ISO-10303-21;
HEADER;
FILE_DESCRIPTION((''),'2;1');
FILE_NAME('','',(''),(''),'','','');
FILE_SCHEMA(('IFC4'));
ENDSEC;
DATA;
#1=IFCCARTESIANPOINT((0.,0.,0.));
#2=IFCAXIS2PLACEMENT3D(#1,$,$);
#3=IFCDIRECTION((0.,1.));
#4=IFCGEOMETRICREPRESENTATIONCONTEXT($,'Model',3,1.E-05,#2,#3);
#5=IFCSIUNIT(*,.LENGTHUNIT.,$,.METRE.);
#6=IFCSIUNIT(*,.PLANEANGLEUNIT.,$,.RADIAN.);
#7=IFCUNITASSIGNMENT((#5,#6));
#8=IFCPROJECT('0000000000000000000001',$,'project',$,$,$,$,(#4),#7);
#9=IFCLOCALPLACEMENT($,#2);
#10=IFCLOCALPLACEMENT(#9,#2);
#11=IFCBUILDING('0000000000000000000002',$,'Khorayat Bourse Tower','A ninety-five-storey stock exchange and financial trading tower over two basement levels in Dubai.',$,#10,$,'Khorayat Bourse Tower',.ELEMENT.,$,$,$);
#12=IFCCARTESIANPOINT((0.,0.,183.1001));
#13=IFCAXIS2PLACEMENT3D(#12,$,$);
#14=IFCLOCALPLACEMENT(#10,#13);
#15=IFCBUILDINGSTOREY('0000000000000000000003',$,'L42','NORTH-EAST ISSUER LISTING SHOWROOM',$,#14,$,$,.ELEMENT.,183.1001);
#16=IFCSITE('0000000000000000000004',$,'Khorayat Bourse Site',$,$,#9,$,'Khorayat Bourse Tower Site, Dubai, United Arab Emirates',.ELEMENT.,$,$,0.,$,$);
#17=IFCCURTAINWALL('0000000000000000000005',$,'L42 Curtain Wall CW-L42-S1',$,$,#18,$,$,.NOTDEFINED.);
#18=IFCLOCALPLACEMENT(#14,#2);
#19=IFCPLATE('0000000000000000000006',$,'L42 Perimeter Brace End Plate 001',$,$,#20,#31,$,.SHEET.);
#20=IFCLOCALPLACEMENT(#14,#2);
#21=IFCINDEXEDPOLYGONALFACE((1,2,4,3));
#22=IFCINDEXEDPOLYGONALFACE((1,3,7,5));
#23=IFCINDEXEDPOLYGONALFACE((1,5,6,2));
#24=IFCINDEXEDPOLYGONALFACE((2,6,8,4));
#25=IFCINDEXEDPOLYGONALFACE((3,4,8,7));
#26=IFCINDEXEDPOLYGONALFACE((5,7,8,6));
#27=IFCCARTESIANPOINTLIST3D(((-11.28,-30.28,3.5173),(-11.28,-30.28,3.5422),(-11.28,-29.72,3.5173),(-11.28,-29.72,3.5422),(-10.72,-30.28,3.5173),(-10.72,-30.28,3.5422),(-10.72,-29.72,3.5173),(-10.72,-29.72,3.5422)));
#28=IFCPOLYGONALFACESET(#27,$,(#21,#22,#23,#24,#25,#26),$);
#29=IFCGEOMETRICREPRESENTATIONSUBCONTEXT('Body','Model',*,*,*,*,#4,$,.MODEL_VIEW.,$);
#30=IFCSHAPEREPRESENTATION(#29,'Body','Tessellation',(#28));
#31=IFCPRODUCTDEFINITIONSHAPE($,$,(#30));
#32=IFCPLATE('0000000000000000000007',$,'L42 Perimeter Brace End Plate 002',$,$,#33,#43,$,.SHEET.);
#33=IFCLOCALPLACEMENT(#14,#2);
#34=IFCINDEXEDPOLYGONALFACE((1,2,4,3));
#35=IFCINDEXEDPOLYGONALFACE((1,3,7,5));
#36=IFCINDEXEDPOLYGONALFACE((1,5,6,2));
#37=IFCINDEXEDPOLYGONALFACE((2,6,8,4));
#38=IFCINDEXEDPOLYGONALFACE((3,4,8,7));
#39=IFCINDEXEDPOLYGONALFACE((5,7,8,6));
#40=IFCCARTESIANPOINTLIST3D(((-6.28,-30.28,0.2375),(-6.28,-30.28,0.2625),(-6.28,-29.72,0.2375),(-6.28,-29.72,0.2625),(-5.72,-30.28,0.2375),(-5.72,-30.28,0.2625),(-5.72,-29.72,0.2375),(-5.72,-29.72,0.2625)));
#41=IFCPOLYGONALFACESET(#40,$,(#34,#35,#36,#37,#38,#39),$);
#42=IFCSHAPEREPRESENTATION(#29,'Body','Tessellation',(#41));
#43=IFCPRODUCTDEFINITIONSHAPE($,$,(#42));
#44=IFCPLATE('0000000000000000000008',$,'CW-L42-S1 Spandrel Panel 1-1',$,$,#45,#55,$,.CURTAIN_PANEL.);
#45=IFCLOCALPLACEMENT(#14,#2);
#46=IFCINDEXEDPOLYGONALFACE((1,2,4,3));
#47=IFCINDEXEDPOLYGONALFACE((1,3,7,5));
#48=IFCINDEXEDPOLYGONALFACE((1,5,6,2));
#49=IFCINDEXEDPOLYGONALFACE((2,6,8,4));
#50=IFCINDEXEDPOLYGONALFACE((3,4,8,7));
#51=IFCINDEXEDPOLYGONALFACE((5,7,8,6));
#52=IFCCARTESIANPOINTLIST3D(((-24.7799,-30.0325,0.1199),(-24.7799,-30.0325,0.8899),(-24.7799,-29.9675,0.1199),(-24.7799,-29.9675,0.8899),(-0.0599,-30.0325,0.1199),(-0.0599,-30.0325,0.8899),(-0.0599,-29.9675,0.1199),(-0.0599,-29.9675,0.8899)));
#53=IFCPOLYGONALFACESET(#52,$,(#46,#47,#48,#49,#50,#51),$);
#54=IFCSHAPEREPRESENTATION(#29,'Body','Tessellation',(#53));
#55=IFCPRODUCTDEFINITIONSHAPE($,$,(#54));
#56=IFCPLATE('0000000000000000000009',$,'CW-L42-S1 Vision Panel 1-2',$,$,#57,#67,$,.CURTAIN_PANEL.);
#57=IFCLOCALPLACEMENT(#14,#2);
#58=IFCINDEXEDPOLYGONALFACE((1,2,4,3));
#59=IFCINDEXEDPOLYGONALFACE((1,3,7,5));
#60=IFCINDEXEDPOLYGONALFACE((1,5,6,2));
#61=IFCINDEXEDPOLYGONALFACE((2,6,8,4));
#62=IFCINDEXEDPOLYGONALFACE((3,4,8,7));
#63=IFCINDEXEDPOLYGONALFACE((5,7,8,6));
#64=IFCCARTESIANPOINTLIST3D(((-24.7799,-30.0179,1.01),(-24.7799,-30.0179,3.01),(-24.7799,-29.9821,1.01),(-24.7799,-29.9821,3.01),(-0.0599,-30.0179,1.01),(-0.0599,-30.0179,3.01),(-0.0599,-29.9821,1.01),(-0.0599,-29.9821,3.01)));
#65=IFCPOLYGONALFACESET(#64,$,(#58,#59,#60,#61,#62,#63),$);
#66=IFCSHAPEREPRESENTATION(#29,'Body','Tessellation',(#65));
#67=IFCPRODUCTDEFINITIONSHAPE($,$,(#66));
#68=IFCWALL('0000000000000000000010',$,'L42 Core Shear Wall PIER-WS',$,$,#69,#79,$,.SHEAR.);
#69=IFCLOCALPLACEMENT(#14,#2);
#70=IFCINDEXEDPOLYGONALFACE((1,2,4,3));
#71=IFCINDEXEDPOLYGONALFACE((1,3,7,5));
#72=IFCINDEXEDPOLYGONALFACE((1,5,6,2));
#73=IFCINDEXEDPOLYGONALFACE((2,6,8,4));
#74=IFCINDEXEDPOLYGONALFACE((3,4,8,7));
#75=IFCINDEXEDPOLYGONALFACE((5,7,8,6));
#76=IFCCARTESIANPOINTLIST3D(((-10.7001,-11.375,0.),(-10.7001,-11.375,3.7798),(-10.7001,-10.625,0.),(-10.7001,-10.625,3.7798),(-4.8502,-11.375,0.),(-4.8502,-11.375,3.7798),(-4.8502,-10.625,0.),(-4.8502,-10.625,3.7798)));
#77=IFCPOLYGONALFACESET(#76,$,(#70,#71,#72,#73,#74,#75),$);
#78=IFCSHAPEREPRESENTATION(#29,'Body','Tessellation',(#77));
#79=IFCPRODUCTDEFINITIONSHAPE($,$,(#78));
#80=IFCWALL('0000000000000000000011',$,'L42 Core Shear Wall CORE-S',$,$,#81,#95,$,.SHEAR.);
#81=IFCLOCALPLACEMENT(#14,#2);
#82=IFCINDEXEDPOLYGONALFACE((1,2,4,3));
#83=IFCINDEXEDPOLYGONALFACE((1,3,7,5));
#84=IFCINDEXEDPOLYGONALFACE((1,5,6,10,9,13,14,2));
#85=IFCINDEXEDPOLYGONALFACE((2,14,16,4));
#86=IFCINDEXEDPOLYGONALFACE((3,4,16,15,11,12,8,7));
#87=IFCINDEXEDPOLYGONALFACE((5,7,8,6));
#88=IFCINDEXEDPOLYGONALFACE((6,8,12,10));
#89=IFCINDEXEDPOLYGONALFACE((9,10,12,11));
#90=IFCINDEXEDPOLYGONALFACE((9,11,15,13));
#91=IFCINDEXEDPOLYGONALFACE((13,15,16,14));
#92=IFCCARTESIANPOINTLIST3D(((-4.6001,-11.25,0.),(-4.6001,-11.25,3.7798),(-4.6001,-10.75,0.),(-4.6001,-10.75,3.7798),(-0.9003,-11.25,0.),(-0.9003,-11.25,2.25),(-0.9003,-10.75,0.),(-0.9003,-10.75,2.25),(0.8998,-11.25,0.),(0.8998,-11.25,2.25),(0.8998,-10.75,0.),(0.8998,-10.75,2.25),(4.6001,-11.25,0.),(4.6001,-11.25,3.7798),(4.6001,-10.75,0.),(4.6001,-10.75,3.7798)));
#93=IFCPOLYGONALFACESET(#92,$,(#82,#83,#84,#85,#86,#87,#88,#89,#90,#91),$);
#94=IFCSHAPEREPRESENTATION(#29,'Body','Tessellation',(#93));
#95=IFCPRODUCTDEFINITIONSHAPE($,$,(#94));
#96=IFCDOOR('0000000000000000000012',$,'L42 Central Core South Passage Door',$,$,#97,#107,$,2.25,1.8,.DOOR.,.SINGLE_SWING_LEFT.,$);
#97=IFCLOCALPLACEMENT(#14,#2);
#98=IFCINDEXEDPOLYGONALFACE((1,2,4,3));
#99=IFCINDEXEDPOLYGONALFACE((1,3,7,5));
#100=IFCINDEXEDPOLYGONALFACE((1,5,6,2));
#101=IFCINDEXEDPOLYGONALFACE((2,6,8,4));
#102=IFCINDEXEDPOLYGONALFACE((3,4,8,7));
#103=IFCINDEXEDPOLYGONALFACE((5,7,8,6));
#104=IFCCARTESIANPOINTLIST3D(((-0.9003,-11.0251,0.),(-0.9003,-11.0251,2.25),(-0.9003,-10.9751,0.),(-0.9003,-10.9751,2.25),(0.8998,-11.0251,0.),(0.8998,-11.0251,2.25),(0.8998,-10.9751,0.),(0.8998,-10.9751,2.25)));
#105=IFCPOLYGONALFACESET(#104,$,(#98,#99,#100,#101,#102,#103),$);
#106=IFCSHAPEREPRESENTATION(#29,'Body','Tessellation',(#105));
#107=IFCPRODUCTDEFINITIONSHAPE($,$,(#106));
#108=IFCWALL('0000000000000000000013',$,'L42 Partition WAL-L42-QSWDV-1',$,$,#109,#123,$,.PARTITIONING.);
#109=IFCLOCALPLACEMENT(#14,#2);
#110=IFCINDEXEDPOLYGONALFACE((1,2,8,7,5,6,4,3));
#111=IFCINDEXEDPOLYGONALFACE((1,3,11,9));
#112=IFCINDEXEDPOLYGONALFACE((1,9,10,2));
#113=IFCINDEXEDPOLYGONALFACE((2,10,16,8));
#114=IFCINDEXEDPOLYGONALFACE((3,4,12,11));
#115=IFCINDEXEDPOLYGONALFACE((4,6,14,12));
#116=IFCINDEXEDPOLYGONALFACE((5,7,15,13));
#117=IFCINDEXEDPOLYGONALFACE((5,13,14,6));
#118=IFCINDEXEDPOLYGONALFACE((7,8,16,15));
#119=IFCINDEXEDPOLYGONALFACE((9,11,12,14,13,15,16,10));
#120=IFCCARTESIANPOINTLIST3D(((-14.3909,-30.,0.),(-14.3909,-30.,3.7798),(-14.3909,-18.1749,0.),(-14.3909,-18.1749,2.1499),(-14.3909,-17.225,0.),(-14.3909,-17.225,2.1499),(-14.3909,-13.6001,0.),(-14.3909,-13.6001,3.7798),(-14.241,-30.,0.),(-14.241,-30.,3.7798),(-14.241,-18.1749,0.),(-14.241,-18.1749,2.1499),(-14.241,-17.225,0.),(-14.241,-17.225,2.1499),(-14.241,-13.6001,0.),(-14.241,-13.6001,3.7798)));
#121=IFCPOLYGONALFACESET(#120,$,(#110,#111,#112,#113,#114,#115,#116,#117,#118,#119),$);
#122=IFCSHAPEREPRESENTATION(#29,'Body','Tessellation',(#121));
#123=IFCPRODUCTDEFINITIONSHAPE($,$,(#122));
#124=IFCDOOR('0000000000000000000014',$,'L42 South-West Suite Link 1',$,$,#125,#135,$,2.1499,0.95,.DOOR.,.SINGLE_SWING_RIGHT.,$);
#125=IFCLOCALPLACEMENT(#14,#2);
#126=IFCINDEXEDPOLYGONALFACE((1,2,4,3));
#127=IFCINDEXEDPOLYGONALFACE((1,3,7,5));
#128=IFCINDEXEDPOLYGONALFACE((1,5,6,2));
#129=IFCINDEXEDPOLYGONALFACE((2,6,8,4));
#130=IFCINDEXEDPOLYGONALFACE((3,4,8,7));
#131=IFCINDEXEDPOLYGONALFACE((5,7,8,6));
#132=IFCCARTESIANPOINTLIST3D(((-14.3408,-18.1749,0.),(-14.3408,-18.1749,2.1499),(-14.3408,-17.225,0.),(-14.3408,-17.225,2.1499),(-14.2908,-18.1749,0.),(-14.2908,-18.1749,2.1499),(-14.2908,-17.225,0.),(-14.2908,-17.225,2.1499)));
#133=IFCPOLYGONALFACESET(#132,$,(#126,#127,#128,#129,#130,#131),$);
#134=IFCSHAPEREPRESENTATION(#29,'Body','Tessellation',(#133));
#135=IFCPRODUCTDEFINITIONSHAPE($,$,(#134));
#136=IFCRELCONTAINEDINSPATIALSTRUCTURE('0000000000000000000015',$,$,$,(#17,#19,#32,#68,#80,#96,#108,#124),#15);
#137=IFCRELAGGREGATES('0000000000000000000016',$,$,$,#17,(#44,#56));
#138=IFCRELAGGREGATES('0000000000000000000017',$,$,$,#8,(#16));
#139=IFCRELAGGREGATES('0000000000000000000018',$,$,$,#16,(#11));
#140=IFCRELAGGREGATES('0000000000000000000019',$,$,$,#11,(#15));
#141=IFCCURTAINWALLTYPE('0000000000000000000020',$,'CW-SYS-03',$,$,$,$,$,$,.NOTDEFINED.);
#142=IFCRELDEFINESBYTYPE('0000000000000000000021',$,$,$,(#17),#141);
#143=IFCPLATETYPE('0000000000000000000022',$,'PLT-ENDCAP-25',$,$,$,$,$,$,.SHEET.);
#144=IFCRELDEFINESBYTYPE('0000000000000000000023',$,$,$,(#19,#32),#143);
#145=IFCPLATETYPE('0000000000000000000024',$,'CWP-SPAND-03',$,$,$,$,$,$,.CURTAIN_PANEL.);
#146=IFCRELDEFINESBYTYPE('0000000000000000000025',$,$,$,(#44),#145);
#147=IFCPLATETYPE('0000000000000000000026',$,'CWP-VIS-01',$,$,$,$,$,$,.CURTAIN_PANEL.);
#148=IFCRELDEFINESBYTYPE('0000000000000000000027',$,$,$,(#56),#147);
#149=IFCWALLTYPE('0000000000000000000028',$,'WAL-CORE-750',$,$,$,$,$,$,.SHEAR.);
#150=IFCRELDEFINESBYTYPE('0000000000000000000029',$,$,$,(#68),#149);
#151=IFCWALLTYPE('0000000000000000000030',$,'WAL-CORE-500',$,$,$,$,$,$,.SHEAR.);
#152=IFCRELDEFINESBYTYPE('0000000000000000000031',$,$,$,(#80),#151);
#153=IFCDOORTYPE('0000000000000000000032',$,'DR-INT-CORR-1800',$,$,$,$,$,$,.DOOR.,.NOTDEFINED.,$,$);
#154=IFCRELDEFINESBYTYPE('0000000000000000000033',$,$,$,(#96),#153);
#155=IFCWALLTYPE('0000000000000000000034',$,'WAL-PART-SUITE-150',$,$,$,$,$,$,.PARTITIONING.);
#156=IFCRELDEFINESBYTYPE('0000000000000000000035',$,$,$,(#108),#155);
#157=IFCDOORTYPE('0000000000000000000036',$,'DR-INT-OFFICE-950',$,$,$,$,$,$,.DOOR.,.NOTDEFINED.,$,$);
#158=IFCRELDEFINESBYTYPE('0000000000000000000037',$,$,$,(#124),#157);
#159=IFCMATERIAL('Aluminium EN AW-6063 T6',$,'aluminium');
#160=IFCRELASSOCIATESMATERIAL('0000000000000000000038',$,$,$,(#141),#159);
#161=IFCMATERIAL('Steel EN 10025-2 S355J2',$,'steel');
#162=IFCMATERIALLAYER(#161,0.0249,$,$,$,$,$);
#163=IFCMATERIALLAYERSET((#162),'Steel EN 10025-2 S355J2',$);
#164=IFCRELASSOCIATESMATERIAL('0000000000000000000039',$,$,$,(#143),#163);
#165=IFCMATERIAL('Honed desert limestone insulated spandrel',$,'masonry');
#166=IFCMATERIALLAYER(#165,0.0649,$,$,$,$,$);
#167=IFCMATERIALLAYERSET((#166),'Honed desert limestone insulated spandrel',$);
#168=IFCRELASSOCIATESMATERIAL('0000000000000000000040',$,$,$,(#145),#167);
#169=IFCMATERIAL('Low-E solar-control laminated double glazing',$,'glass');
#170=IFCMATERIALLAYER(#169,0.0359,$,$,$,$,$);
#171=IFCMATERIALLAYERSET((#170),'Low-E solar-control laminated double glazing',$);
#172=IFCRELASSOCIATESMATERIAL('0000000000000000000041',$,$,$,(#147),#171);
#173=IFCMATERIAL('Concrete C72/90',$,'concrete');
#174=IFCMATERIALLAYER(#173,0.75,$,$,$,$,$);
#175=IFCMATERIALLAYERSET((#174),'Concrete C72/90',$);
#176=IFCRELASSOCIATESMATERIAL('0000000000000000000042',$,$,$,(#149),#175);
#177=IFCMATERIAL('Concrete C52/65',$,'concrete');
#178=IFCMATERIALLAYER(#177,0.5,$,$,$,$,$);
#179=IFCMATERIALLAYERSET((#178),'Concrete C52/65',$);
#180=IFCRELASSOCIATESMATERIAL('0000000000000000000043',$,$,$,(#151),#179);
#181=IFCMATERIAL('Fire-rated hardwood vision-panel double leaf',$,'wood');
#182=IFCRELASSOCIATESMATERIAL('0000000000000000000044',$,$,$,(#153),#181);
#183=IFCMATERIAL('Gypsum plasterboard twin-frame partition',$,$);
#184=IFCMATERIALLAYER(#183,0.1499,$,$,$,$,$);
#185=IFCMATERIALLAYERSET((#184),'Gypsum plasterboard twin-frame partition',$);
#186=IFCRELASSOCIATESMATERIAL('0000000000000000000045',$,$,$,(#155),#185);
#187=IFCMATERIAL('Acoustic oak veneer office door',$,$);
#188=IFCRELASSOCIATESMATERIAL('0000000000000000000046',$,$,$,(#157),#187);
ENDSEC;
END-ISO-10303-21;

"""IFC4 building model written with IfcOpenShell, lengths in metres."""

from ifc_helpers import new_model, si_unit, direction, frame, frame_2d, origin, origin_2d, place, context, subcontext, project, spatial, rectangle, extrude, source, transform, mapped, material, layer, layer_set, type_object, element, fill, aggregate, save


model = new_model("IFC4")

# Units and contexts
model_context = context("Model", 3, precision=1e-05, world=origin(), true_north=direction((0.0, 1.0)))
body_context = subcontext(model_context, "Body", "Model", "MODEL_VIEW")
ifc_project = project(units=[si_unit("LENGTHUNIT", "METRE"), si_unit("PLANEANGLEUNIT", "RADIAN")], contexts=[model_context])

# Site, building, storey
site_placement = place(None, origin())
site = spatial("IfcSite", under=ifc_project, at=site_placement, Name="Khorayat Bourse Site", LongName="Khorayat Bourse Tower Site, Dubai, United Arab Emirates", CompositionType="ELEMENT", RefElevation=0.0)
building_placement = place(site_placement, origin())
building = spatial("IfcBuilding", under=site, at=building_placement, Name="Khorayat Bourse Tower", Description="A ninety-five-storey stock exchange and financial trading tower over two basement levels in Dubai.", LongName="Khorayat Bourse Tower", CompositionType="ELEMENT")
storey_placement = place(building_placement, frame((0.0, 0.0, 183.1001)))
storey = spatial("IfcBuildingStorey", under=building, at=storey_placement, Name="L42", Description="NORTH-EAST ISSUER LISTING SHOWROOM", CompositionType="ELEMENT", Elevation=183.1001)

# Shared definitions
ifc_material_1 = material(Name="Concrete C72/90", Category="concrete")

# Curtain wall
ifc_material_2 = material(Name="Aluminium EN AW-6063 T6", Category="aluminium")
curtain_wall_type = type_object("IfcCurtainWallType", Name="CW-SYS-03", PredefinedType="NOTDEFINED", material=ifc_material_2)
curtain_wall_placement = place(storey_placement, origin())
curtain_wall = element("IfcCurtainWall", 1, at=curtain_wall_placement, inside=storey, type_object=curtain_wall_type, Name="L42 Curtain Wall CW-L42-S1", PredefinedType="NOTDEFINED")

# Plates
ifc_material_3 = material(Name="Steel EN 10025-2 S355J2", Category="steel")
ifc_layer_1 = layer(ifc_material_3, 0.0249)
ifc_layer_set_1 = layer_set([ifc_layer_1], Name="Steel EN 10025-2 S355J2")
plate_type_1 = type_object("IfcPlateType", Name="PLT-ENDCAP-25", PredefinedType="SHEET", material=ifc_layer_set_1)
shared_shape_1 = source(origin(), body_context, "Body", "SweptSolid", [
    extrude(rectangle(XDim=0.5601, YDim=0.5601, at=origin_2d()), origin(), (0.0, 0.0, 1.0), 0.0249),
])
for number, where, z_axis, x_axis, name in (
    (2, (-11.0, -30.0, 3.5173), (0.0, 0.0, 1.0), (1.0, 0.0, 0.0), "L42 Perimeter Brace End Plate 001"),
    (3, (-6.0, -30.0, 0.2375), (0.0, 0.0, 1.0), (1.0, 0.0, 0.0), "L42 Perimeter Brace End Plate 002"),
):
    element("IfcPlate", number, at=place(storey_placement, frame(where, z_axis=z_axis, x_axis=x_axis)), inside=storey, type_object=plate_type_1, Name=name, PredefinedType="SHEET", context=body_context, shape_type="MappedRepresentation", body=[
        mapped(shared_shape_1, transform((0.0, 0.0, 0.0), scale=1.0)),
    ])

# Plates
ifc_material_4 = material(Name="Honed desert limestone insulated spandrel", Category="masonry")
ifc_layer_2 = layer(ifc_material_4, 0.0649)
ifc_layer_set_2 = layer_set([ifc_layer_2], Name="Honed desert limestone insulated spandrel")
plate_type_2 = type_object("IfcPlateType", Name="CWP-SPAND-03", PredefinedType="CURTAIN_PANEL", material=ifc_layer_set_2)
shared_shape_2 = source(origin(), body_context, "Body", "SweptSolid", [
    extrude(rectangle(XDim=24.72, YDim=0.0649, at=origin_2d()), origin(), (0.0, 0.0, 1.0), 0.77),
])
plate_1_placement = place(storey_placement, frame((-12.4199, -30.0, 0.1199), z_axis=(0.0, 0.0, 1.0), x_axis=(1.0, 0.0, 0.0)))
plate_1 = element("IfcPlate", 4, at=plate_1_placement, type_object=plate_type_2, Name="CW-L42-S1 Spandrel Panel 1-1", PredefinedType="CURTAIN_PANEL", context=body_context, shape_type="MappedRepresentation", body=[
    mapped(shared_shape_2, transform((0.0, 0.0, 0.0), scale=1.0)),
])
ifc_material_5 = material(Name="Low-E solar-control laminated double glazing", Category="glass")
ifc_layer_3 = layer(ifc_material_5, 0.0359)
ifc_layer_set_3 = layer_set([ifc_layer_3], Name="Low-E solar-control laminated double glazing")
plate_type_3 = type_object("IfcPlateType", Name="CWP-VIS-01", PredefinedType="CURTAIN_PANEL", material=ifc_layer_set_3)
shared_shape_3 = source(origin(), body_context, "Body", "SweptSolid", [
    extrude(rectangle(XDim=24.72, YDim=0.0359, at=origin_2d()), origin(), (0.0, 0.0, 1.0), 2.0),
])
plate_2_placement = place(storey_placement, frame((-12.4199, -30.0, 1.01), z_axis=(0.0, 0.0, 1.0), x_axis=(1.0, 0.0, 0.0)))
plate_2 = element("IfcPlate", 5, at=plate_2_placement, type_object=plate_type_3, Name="CW-L42-S1 Vision Panel 1-2", PredefinedType="CURTAIN_PANEL", context=body_context, shape_type="MappedRepresentation", body=[
    mapped(shared_shape_3, transform((0.0, 0.0, 0.0), scale=1.0)),
])
aggregate(curtain_wall, [plate_1, plate_2])

# Wall
ifc_layer_4 = layer(ifc_material_1, 0.75)
ifc_layer_set_4 = layer_set([ifc_layer_4], Name="Concrete C72/90")
wall_type_1 = type_object("IfcWallType", Name="WAL-CORE-750", PredefinedType="SHEAR", material=ifc_layer_set_4)
shared_shape_4 = source(origin(), body_context, "Body", "SweptSolid", [
    extrude(rectangle(XDim=5.8499, YDim=0.75, at=frame_2d((2.9248, 0.0))), origin(), (0.0, 0.0, 1.0), 3.7798),
])
wall_1_placement = place(storey_placement, frame((-10.7, -11.0, 0.0), z_axis=(0.0, 0.0, 1.0), x_axis=(1.0, 0.0, 0.0)))
element("IfcWall", 6, at=wall_1_placement, inside=storey, type_object=wall_type_1, Name="L42 Core Shear Wall PIER-WS", PredefinedType="SHEAR", context=body_context, shape_type="MappedRepresentation", body=[
    mapped(shared_shape_4, transform((0.0, 0.0, 0.0), scale=1.0)),
])

# Walls, openings, doors
ifc_material_6 = material(Name="Concrete C52/65", Category="concrete")
ifc_layer_5 = layer(ifc_material_6, 0.5)
ifc_layer_set_5 = layer_set([ifc_layer_5], Name="Concrete C52/65")
wall_type_2 = type_object("IfcWallType", Name="WAL-CORE-500", PredefinedType="SHEAR", material=ifc_layer_set_5)
shared_shape_5 = source(origin(), body_context, "Body", "SweptSolid", [
    extrude(rectangle(XDim=9.2002, YDim=0.5, at=frame_2d((4.6001, 0.0))), origin(), (0.0, 0.0, 1.0), 3.7798),
])
wall_2_placement = place(storey_placement, frame((-4.6001, -11.0, 0.0), z_axis=(0.0, 0.0, 1.0), x_axis=(1.0, 0.0, 0.0)))
wall_2 = element("IfcWall", 7, at=wall_2_placement, inside=storey, type_object=wall_type_2, Name="L42 Core Shear Wall CORE-S", PredefinedType="SHEAR", context=body_context, shape_type="MappedRepresentation", body=[
    mapped(shared_shape_5, transform((0.0, 0.0, 0.0), scale=1.0)),
])
shared_shape_6 = source(origin(), body_context, "Body", "SweptSolid", [
    extrude(rectangle(XDim=1.8, YDim=2.25, at=frame_2d((0.8999, 1.125))), frame((0.0, 0.26, 0.0), z_axis=(0.0, -1.0, 0.0), x_axis=(1.0, 0.0, 0.0)), (0.0, 0.0, 1.0), 0.52),
])
opening_1_placement = place(wall_2_placement, frame((3.7, 0.0, 0.0)))
opening_1 = element("IfcOpeningElement", 8, at=opening_1_placement, cuts=wall_2, PredefinedType="OPENING", context=body_context, shape_type="MappedRepresentation", body=[
    mapped(shared_shape_6, transform((0.0, 0.0, 0.0), scale=1.0)),
])
ifc_material_7 = material(Name="Fire-rated hardwood vision-panel double leaf", Category="wood")
door_type_1 = type_object("IfcDoorType", Name="DR-INT-CORR-1800", OperationType="NOTDEFINED", PredefinedType="DOOR", material=ifc_material_7)
shared_shape_7 = source(origin(), body_context, "Body", "SweptSolid", [
    extrude(rectangle(XDim=1.8, YDim=2.25, at=frame_2d((0.8999, 1.125))), frame((0.0, 0.0249, 0.0), z_axis=(0.0, -1.0, 0.0), x_axis=(1.0, 0.0, 0.0)), (0.0, 0.0, 1.0), 0.05),
])
door_1_placement = place(opening_1_placement, origin())
door_1 = element("IfcDoor", 9, at=door_1_placement, inside=storey, type_object=door_type_1, Name="L42 Central Core South Passage Door", OperationType="SINGLE_SWING_LEFT", OverallHeight=2.25, OverallWidth=1.8, PredefinedType="DOOR", context=body_context, shape_type="MappedRepresentation", body=[
    mapped(shared_shape_7, transform((0.0, 0.0, 0.0), scale=1.0)),
])
fill(opening_1, door_1)
ifc_material_8 = material(Name="Gypsum plasterboard twin-frame partition")
ifc_layer_6 = layer(ifc_material_8, 0.1499)
ifc_layer_set_6 = layer_set([ifc_layer_6], Name="Gypsum plasterboard twin-frame partition")
wall_type_3 = type_object("IfcWallType", Name="WAL-PART-SUITE-150", PredefinedType="PARTITIONING", material=ifc_layer_set_6)
shared_shape_8 = source(origin(), body_context, "Body", "SweptSolid", [
    extrude(rectangle(XDim=16.3999, YDim=0.1499, at=frame_2d((8.2, 0.0))), origin(), (0.0, 0.0, 1.0), 3.7798),
])
wall_3_placement = place(storey_placement, frame((-14.3159, -30.0, 0.0), z_axis=(0.0, 0.0, 1.0), x_axis=(0.0, 1.0, 0.0)))
wall_3 = element("IfcWall", 10, at=wall_3_placement, inside=storey, type_object=wall_type_3, Name="L42 Partition WAL-L42-QSWDV-1", PredefinedType="PARTITIONING", context=body_context, shape_type="MappedRepresentation", body=[
    mapped(shared_shape_8, transform((0.0, 0.0, 0.0), scale=1.0)),
])
shared_shape_9 = source(origin(), body_context, "Body", "SweptSolid", [
    extrude(rectangle(XDim=0.95, YDim=2.1499, at=frame_2d((0.4751, 1.075))), frame((0.0, 0.085, 0.0), z_axis=(0.0, -1.0, 0.0), x_axis=(1.0, 0.0, 0.0)), (0.0, 0.0, 1.0), 0.1699),
])
opening_2_placement = place(wall_3_placement, frame((11.825, 0.0, 0.0)))
opening_2 = element("IfcOpeningElement", 11, at=opening_2_placement, cuts=wall_3, PredefinedType="OPENING", context=body_context, shape_type="MappedRepresentation", body=[
    mapped(shared_shape_9, transform((0.0, 0.0, 0.0), scale=1.0)),
])
ifc_material_9 = material(Name="Acoustic oak veneer office door")
door_type_2 = type_object("IfcDoorType", Name="DR-INT-OFFICE-950", OperationType="NOTDEFINED", PredefinedType="DOOR", material=ifc_material_9)
shared_shape_10 = source(origin(), body_context, "Body", "SweptSolid", [
    extrude(rectangle(XDim=0.95, YDim=2.1499, at=frame_2d((0.4751, 1.075))), frame((0.0, 0.0249, 0.0), z_axis=(0.0, -1.0, 0.0), x_axis=(1.0, 0.0, 0.0)), (0.0, 0.0, 1.0), 0.05),
])
door_2_placement = place(opening_2_placement, origin())
door_2 = element("IfcDoor", 12, at=door_2_placement, inside=storey, type_object=door_type_2, Name="L42 South-West Suite Link 1", OperationType="SINGLE_SWING_RIGHT", OverallHeight=2.1499, OverallWidth=0.95, PredefinedType="DOOR", context=body_context, shape_type="MappedRepresentation", body=[
    mapped(shared_shape_10, transform((0.0, 0.0, 0.0), scale=1.0)),
])
fill(opening_2, door_2)

save(model, "model.ifc")
